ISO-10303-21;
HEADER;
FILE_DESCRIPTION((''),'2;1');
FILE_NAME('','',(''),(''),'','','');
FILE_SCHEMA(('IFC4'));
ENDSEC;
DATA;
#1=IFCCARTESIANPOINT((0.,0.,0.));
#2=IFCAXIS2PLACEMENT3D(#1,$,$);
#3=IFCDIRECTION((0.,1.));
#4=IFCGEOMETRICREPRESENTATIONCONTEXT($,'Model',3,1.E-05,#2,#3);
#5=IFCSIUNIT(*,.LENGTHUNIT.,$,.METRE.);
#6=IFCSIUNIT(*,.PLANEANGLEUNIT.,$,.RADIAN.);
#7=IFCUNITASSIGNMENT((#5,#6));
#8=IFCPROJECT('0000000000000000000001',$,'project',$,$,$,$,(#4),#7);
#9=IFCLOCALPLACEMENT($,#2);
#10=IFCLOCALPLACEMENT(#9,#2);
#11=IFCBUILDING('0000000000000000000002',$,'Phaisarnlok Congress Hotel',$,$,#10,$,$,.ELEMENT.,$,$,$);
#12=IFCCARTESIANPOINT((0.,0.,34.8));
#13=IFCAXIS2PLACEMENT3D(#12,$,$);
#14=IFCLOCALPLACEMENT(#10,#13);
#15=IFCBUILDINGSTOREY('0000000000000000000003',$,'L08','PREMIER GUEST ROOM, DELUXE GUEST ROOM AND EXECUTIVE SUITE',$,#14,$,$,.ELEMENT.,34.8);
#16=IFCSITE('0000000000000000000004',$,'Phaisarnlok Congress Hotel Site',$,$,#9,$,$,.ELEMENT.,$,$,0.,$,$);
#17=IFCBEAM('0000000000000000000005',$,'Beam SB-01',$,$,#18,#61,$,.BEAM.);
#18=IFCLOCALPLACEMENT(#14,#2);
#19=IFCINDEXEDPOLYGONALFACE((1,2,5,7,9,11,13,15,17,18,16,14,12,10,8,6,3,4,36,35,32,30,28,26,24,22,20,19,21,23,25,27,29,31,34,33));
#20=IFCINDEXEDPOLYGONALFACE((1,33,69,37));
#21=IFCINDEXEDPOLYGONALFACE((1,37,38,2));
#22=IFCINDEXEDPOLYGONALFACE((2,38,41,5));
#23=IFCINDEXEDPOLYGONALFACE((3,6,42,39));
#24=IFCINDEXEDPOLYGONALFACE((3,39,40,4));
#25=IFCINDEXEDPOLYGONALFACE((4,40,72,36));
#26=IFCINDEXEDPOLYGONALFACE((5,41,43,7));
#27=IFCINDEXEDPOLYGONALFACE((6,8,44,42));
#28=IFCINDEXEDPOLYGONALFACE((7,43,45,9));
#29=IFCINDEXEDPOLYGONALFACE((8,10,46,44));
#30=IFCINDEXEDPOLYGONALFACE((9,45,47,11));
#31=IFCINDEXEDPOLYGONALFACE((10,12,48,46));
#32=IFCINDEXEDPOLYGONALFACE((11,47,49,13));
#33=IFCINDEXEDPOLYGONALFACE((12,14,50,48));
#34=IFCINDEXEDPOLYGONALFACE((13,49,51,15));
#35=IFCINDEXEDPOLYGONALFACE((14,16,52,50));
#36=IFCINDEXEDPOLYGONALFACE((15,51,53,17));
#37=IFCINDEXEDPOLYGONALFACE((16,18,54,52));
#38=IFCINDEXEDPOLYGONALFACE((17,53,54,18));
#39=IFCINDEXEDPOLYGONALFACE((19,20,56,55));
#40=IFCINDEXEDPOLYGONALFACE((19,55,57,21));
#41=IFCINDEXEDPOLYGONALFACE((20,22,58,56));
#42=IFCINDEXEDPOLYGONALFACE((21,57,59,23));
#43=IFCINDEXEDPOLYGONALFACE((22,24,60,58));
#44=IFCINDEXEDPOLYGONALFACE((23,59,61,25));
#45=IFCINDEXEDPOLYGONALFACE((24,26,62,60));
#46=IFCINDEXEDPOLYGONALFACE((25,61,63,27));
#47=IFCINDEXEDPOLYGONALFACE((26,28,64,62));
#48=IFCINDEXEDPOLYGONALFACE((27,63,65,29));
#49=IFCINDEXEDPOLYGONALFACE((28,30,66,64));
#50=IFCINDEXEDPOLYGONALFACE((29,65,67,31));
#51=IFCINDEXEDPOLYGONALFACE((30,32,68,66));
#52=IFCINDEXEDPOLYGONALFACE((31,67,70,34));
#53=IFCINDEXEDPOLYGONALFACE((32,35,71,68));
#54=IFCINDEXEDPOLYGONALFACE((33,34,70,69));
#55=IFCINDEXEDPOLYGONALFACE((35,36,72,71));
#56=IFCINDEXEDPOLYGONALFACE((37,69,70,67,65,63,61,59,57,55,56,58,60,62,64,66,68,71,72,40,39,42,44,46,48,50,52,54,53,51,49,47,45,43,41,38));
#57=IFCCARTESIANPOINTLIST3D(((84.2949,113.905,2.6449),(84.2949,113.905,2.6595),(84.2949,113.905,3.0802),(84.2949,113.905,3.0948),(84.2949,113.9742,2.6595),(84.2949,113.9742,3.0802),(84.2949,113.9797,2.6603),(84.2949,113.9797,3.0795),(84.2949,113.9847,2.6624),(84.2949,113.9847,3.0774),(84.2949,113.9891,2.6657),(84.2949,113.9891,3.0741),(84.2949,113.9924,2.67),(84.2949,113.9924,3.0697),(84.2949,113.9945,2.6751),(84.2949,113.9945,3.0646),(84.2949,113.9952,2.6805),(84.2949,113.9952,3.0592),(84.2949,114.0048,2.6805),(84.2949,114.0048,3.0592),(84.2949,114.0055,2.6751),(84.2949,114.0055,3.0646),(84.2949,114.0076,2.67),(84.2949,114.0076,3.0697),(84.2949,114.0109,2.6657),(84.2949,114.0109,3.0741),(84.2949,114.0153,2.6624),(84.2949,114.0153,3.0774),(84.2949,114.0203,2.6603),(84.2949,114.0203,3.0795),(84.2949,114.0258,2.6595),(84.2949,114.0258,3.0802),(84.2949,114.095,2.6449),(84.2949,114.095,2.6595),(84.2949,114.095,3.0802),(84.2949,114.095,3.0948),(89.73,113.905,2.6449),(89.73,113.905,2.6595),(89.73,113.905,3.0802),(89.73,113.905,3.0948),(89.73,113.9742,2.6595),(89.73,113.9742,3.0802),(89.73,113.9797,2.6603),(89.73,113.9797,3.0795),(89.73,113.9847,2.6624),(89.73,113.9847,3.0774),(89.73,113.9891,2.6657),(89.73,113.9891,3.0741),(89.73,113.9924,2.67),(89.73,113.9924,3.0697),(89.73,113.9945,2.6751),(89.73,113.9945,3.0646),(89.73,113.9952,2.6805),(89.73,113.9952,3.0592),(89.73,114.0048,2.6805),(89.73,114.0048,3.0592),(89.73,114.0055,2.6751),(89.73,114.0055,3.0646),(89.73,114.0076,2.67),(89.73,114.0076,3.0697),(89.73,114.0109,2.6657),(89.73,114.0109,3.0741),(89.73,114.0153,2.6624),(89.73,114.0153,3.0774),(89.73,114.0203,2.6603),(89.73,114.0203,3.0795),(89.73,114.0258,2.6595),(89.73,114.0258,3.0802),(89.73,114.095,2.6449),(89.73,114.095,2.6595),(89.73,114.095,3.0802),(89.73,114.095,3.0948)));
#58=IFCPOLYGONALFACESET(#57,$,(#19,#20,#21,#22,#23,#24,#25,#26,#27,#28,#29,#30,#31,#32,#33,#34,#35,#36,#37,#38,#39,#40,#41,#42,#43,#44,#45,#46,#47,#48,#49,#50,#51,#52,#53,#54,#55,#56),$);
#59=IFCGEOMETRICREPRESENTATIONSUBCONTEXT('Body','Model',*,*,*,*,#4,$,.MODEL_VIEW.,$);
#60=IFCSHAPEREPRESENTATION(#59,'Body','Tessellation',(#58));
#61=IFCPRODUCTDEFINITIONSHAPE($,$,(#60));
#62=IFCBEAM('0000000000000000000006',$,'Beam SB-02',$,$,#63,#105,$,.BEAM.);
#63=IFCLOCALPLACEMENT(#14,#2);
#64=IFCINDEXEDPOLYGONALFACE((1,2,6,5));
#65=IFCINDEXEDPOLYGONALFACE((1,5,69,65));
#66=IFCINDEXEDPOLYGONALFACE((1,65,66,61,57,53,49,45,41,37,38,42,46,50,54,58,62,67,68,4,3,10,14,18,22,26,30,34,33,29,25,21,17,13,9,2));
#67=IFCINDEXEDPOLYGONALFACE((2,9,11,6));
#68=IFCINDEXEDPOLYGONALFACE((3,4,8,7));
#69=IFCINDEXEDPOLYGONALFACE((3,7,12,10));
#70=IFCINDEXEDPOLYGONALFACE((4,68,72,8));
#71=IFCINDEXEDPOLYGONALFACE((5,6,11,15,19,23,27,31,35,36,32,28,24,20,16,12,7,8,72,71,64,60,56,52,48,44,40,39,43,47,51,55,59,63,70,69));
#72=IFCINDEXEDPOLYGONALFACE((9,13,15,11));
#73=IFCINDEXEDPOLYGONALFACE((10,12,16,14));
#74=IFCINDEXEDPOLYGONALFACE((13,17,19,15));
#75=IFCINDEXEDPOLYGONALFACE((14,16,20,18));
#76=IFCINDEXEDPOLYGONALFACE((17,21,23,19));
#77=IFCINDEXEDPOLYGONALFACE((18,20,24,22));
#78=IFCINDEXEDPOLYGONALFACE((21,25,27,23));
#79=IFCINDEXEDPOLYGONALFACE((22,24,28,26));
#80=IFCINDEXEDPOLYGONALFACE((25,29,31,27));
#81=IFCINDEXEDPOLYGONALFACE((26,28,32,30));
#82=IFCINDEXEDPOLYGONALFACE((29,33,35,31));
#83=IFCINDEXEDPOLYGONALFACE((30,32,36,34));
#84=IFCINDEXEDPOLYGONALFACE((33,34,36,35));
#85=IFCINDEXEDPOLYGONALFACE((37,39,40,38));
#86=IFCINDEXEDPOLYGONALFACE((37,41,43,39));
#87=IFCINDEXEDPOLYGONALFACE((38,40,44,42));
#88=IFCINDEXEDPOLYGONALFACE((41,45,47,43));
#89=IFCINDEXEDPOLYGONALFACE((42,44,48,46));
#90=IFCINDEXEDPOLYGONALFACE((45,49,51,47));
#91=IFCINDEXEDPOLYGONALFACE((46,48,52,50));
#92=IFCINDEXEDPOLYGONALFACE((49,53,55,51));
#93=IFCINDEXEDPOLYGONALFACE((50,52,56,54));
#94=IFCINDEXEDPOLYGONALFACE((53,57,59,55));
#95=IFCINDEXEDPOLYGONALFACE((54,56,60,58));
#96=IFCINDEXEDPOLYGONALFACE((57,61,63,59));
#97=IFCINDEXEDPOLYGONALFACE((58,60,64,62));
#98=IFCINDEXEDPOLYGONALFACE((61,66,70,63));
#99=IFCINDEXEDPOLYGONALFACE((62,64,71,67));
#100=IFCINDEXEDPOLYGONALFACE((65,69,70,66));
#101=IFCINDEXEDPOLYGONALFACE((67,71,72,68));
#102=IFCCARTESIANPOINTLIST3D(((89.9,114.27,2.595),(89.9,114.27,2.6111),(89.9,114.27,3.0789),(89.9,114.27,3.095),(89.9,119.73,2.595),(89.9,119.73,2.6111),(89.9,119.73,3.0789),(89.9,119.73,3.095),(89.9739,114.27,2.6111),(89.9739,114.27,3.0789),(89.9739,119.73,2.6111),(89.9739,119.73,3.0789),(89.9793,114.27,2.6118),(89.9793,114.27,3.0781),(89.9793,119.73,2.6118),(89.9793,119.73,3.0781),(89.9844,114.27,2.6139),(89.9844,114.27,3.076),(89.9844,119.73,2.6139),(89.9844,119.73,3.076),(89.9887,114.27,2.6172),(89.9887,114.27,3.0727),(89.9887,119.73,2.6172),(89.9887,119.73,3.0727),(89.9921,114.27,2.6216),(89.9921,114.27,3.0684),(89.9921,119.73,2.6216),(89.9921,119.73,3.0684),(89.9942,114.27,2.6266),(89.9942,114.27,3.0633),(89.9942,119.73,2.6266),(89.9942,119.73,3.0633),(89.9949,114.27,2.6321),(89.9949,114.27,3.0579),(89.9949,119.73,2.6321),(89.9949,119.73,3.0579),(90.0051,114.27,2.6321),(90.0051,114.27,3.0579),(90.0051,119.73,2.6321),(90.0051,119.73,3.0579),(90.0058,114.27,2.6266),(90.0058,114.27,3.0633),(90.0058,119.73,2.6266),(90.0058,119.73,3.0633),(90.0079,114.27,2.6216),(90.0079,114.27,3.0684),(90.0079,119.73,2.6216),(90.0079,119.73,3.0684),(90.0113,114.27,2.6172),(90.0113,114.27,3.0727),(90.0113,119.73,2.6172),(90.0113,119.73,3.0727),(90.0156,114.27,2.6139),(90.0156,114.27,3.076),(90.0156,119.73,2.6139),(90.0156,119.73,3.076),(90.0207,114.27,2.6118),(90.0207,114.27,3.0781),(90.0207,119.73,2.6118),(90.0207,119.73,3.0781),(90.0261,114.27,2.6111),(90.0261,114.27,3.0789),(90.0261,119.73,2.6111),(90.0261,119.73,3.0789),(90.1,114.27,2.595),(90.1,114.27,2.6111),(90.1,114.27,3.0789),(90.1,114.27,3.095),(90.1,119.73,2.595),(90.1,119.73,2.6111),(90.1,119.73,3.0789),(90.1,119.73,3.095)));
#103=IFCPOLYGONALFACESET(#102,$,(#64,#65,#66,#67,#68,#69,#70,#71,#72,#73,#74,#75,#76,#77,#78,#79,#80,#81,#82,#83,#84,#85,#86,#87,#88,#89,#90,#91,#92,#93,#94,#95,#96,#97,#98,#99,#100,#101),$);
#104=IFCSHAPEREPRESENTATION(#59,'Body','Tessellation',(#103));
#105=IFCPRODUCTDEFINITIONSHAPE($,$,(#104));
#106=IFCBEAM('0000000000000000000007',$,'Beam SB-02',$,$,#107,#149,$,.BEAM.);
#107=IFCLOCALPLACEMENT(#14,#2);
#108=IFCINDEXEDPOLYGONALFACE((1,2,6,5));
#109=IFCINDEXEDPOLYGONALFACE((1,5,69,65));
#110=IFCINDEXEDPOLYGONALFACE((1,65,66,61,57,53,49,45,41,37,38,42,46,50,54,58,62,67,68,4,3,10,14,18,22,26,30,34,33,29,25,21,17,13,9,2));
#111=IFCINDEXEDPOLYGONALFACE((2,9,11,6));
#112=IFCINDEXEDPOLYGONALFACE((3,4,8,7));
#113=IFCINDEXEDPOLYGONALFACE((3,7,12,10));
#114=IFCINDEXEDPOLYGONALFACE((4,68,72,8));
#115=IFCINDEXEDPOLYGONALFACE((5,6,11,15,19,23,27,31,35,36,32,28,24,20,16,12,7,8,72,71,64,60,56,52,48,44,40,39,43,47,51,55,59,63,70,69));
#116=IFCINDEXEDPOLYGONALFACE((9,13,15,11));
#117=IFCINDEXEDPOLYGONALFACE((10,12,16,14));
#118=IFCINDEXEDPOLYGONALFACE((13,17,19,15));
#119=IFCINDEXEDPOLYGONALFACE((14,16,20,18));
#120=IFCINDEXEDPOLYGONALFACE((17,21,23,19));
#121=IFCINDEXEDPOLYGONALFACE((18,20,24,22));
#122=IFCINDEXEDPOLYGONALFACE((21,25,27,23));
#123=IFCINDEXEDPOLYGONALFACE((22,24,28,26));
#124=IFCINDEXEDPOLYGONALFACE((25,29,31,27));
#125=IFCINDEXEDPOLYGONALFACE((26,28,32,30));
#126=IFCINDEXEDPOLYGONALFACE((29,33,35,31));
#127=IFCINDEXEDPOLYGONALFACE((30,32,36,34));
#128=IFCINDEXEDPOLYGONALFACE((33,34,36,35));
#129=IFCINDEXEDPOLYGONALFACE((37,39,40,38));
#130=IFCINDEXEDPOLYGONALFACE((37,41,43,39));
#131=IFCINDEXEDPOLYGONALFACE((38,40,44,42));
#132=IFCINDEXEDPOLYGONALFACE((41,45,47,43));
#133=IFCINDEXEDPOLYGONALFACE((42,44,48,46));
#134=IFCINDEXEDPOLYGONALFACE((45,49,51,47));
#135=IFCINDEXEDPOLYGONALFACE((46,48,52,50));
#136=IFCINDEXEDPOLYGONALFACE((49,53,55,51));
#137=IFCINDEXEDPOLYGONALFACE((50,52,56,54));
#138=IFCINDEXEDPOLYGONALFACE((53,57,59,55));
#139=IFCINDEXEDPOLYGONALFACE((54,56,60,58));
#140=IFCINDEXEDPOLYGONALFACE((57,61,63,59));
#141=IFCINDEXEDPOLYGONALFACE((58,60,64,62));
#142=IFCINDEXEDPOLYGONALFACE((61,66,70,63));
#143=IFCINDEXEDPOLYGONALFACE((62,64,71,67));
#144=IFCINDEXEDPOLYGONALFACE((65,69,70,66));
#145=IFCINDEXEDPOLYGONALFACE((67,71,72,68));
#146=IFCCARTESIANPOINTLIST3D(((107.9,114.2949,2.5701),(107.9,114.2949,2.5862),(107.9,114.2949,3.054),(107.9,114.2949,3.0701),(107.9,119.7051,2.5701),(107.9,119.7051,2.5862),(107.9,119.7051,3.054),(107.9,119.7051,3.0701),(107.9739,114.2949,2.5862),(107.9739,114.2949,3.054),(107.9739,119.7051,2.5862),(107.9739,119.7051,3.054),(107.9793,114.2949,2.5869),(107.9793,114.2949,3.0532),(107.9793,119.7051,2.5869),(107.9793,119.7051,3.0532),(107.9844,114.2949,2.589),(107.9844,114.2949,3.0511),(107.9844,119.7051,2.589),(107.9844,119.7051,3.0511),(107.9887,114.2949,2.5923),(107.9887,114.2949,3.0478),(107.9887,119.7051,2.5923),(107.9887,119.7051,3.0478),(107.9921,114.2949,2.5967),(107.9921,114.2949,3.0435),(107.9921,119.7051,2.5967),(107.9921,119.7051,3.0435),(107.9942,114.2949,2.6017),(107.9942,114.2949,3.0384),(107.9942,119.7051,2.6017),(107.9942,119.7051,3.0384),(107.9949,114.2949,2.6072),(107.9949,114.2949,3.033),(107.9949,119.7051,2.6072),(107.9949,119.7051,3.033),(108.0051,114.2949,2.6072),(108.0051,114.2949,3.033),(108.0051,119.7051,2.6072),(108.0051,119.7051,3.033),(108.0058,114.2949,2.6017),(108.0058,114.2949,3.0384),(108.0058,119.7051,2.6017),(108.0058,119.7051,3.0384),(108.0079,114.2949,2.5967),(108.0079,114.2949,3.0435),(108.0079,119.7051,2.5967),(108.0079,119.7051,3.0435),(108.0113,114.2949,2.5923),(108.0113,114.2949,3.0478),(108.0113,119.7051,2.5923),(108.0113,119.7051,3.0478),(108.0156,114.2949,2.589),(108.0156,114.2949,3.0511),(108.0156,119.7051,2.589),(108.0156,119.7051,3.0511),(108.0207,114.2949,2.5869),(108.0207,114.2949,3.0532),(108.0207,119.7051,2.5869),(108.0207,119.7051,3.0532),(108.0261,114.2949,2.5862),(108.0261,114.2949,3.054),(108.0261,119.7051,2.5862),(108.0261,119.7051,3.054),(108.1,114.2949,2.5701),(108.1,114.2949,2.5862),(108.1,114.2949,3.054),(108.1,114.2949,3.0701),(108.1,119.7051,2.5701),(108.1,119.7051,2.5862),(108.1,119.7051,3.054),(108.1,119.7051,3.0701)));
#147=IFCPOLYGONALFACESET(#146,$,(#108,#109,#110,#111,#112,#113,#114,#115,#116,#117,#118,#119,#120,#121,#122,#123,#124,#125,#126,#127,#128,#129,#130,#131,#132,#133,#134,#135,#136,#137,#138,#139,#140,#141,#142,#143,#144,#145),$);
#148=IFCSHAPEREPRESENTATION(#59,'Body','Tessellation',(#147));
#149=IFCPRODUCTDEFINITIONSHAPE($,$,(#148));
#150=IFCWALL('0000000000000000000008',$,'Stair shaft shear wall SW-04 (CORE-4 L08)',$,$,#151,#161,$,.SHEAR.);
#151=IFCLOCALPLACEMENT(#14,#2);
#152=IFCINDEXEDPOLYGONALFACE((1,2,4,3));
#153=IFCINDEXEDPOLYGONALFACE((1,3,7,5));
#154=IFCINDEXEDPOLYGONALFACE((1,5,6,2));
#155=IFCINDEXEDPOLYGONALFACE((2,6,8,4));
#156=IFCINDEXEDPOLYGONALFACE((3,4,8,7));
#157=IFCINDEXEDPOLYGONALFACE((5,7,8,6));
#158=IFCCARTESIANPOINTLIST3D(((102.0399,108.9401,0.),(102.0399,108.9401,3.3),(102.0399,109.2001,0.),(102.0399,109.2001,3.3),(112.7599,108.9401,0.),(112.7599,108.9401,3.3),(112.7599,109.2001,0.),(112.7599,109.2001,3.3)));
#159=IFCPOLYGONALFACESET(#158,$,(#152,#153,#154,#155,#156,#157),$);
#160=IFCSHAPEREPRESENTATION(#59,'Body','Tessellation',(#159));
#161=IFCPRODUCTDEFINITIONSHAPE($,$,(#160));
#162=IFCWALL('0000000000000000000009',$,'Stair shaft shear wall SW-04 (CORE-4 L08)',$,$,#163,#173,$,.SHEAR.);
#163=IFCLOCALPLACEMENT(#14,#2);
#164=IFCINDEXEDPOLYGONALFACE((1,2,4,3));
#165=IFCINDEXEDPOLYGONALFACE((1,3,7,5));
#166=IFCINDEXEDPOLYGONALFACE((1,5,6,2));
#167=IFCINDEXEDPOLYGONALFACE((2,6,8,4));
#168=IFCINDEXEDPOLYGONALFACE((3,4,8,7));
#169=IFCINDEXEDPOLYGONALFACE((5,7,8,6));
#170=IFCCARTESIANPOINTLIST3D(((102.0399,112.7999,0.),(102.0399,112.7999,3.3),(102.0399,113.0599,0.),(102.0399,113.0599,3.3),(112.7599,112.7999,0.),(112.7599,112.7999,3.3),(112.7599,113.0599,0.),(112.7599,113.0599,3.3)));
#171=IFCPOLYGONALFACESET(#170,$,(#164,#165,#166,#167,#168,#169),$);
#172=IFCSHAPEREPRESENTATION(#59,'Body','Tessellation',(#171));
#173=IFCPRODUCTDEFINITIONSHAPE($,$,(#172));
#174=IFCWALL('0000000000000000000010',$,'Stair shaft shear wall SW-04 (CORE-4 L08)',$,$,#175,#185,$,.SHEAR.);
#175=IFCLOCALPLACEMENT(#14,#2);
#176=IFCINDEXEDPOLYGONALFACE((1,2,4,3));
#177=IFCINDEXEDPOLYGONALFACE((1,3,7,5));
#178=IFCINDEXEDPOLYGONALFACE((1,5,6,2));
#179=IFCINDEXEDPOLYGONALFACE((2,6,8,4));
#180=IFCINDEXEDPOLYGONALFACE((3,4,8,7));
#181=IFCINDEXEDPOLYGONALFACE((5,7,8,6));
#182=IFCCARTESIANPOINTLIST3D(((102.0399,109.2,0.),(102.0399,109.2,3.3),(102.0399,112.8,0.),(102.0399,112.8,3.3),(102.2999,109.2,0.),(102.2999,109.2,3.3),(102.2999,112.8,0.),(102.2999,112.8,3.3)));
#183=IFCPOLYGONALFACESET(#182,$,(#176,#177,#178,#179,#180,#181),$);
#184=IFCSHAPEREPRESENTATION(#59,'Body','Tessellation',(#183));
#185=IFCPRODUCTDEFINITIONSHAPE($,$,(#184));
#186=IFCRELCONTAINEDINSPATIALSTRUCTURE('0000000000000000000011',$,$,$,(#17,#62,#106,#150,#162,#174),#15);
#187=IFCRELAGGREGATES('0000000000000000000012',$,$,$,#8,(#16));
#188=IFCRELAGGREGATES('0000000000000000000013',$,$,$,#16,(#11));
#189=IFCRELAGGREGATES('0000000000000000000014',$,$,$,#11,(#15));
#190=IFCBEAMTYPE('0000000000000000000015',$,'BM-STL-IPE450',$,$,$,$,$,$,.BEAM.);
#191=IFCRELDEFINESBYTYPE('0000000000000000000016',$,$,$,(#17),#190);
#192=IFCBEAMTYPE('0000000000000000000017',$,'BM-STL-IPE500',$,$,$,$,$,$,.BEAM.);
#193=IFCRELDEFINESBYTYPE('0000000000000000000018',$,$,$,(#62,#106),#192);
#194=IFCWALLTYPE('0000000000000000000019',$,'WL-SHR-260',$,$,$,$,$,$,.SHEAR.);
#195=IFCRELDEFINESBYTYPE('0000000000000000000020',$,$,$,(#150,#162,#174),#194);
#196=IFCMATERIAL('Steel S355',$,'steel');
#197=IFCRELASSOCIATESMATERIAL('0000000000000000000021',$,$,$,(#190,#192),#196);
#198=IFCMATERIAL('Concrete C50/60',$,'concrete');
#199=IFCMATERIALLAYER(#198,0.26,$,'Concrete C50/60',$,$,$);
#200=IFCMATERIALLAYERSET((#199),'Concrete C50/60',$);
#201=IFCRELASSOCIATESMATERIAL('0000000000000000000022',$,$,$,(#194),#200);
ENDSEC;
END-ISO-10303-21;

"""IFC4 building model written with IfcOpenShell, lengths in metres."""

from ifc_helpers import new_model, si_unit, direction, frame, frame_2d, origin, origin_2d, place, context, subcontext, project, spatial, rectangle, i_section, extrude, material, layer, layer_set, material_profile, profile_set, type_object, element, save


model = new_model("IFC4")

# Units and contexts
model_context = context("Model", 3, precision=1e-05, world=origin(), true_north=direction((0.0, 1.0)))
body_context = subcontext(model_context, "Body", "Model", "MODEL_VIEW")
ifc_project = project(units=[si_unit("LENGTHUNIT", "METRE"), si_unit("PLANEANGLEUNIT", "RADIAN")], contexts=[model_context])

# Site, building, storey
site_placement = place(None, origin())
site = spatial("IfcSite", under=ifc_project, at=site_placement, Name="Phaisarnlok Congress Hotel Site", CompositionType="ELEMENT", RefElevation=0.0)
building_placement = place(site_placement, origin())
building = spatial("IfcBuilding", under=site, at=building_placement, Name="Phaisarnlok Congress Hotel", CompositionType="ELEMENT")
storey_placement = place(building_placement, frame((0.0, 0.0, 34.8)))
storey = spatial("IfcBuildingStorey", under=building, at=storey_placement, Name="L08", Description="PREMIER GUEST ROOM, DELUXE GUEST ROOM AND EXECUTIVE SUITE", CompositionType="ELEMENT", Elevation=34.8)

# Shared definitions
ifc_material_1 = material(Name="Concrete C50/60", Category="concrete")

# Beams
ifc_material_2 = material(Name="Steel S355", Category="steel")
ifc_material_profile_1 = material_profile(ifc_material_2, i_section(OverallWidth=0.1899, OverallDepth=0.45, WebThickness=0.0095, FlangeThickness=0.0146, FilletRadius=0.021, at=origin_2d()), Name="IPE 450")
ifc_profile_set_1 = profile_set([ifc_material_profile_1], Name="Steel S355")
beam_type_1 = type_object("IfcBeamType", Name="BM-STL-IPE450", PredefinedType="BEAM", material=ifc_profile_set_1)
beam_1_placement = place(storey_placement, frame((84.2949, 114.0, 2.8699), z_axis=(1.0, 0.0, 0.0), x_axis=(0.0, 1.0, 0.0)))
element("IfcBeam", 1, at=beam_1_placement, inside=storey, type_object=beam_type_1, Name="Beam SB-01", PredefinedType="BEAM", context=body_context, shape_type="SweptSolid", body=[
    extrude(i_section(OverallWidth=0.1899, OverallDepth=0.45, WebThickness=0.0095, FlangeThickness=0.0146, FilletRadius=0.021, at=origin_2d()), origin(), (0.0, 0.0, 1.0), 5.4351),
])
ifc_material_profile_2 = material_profile(ifc_material_2, i_section(OverallWidth=0.2, OverallDepth=0.5, WebThickness=0.0103, FlangeThickness=0.0161, FilletRadius=0.021, at=origin_2d()), Name="IPE 500")
ifc_profile_set_2 = profile_set([ifc_material_profile_2], Name="Steel S355")
beam_type_2 = type_object("IfcBeamType", Name="BM-STL-IPE500", PredefinedType="BEAM", material=ifc_profile_set_2)
beam_2_placement = place(storey_placement, frame((90.0, 114.27, 2.845), z_axis=(0.0, 1.0, 0.0), x_axis=(-1.0, 0.0, 0.0)))
element("IfcBeam", 2, at=beam_2_placement, inside=storey, type_object=beam_type_2, Name="Beam SB-02", PredefinedType="BEAM", context=body_context, shape_type="SweptSolid", body=[
    extrude(i_section(OverallWidth=0.2, OverallDepth=0.5, WebThickness=0.0103, FlangeThickness=0.0161, FilletRadius=0.021, at=origin_2d()), origin(), (0.0, 0.0, 1.0), 5.46),
])
beam_3_placement = place(storey_placement, frame((108.0, 114.2949, 2.8201), z_axis=(0.0, 1.0, 0.0), x_axis=(-1.0, 0.0, 0.0)))
element("IfcBeam", 3, at=beam_3_placement, inside=storey, type_object=beam_type_2, Name="Beam SB-02", PredefinedType="BEAM", context=body_context, shape_type="SweptSolid", body=[
    extrude(i_section(OverallWidth=0.2, OverallDepth=0.5, WebThickness=0.0103, FlangeThickness=0.0161, FilletRadius=0.021, at=origin_2d()), origin(), (0.0, 0.0, 1.0), 5.4102),
])

# Walls
ifc_layer = layer(ifc_material_1, 0.26, Name="Concrete C50/60")
ifc_layer_set = layer_set([ifc_layer], Name="Concrete C50/60")
wall_type = type_object("IfcWallType", Name="WL-SHR-260", PredefinedType="SHEAR", material=ifc_layer_set)
for number, where, z_axis, x_axis, name in (
    (4, (102.04, 109.0701, 0.0), (0.0, 0.0, 1.0), (1.0, 0.0, 0.0), "Stair shaft shear wall SW-04 (CORE-4 L08)"),
    (5, (102.04, 112.9299, 0.0), (0.0, 0.0, 1.0), (1.0, 0.0, 0.0), "Stair shaft shear wall SW-04 (CORE-4 L08)"),
):
    element("IfcWall", number, at=place(storey_placement, frame(where, z_axis=z_axis, x_axis=x_axis)), inside=storey, type_object=wall_type, Name=name, PredefinedType="SHEAR", context=body_context, shape_type="SweptSolid", body=[
        extrude(rectangle(XDim=10.72, YDim=0.26, at=frame_2d((5.3599, 0.0))), origin(), (0.0, 0.0, 1.0), 3.3),
    ])
wall_placement = place(storey_placement, frame((102.1699, 109.2, 0.0), z_axis=(0.0, 0.0, 1.0), x_axis=(0.0, 1.0, 0.0)))
element("IfcWall", 6, at=wall_placement, inside=storey, type_object=wall_type, Name="Stair shaft shear wall SW-04 (CORE-4 L08)", PredefinedType="SHEAR", context=body_context, shape_type="SweptSolid", body=[
    extrude(rectangle(XDim=3.6001, YDim=0.26, at=frame_2d((1.8, 0.0))), origin(), (0.0, 0.0, 1.0), 3.3),
])

save(model, "model.ifc")
